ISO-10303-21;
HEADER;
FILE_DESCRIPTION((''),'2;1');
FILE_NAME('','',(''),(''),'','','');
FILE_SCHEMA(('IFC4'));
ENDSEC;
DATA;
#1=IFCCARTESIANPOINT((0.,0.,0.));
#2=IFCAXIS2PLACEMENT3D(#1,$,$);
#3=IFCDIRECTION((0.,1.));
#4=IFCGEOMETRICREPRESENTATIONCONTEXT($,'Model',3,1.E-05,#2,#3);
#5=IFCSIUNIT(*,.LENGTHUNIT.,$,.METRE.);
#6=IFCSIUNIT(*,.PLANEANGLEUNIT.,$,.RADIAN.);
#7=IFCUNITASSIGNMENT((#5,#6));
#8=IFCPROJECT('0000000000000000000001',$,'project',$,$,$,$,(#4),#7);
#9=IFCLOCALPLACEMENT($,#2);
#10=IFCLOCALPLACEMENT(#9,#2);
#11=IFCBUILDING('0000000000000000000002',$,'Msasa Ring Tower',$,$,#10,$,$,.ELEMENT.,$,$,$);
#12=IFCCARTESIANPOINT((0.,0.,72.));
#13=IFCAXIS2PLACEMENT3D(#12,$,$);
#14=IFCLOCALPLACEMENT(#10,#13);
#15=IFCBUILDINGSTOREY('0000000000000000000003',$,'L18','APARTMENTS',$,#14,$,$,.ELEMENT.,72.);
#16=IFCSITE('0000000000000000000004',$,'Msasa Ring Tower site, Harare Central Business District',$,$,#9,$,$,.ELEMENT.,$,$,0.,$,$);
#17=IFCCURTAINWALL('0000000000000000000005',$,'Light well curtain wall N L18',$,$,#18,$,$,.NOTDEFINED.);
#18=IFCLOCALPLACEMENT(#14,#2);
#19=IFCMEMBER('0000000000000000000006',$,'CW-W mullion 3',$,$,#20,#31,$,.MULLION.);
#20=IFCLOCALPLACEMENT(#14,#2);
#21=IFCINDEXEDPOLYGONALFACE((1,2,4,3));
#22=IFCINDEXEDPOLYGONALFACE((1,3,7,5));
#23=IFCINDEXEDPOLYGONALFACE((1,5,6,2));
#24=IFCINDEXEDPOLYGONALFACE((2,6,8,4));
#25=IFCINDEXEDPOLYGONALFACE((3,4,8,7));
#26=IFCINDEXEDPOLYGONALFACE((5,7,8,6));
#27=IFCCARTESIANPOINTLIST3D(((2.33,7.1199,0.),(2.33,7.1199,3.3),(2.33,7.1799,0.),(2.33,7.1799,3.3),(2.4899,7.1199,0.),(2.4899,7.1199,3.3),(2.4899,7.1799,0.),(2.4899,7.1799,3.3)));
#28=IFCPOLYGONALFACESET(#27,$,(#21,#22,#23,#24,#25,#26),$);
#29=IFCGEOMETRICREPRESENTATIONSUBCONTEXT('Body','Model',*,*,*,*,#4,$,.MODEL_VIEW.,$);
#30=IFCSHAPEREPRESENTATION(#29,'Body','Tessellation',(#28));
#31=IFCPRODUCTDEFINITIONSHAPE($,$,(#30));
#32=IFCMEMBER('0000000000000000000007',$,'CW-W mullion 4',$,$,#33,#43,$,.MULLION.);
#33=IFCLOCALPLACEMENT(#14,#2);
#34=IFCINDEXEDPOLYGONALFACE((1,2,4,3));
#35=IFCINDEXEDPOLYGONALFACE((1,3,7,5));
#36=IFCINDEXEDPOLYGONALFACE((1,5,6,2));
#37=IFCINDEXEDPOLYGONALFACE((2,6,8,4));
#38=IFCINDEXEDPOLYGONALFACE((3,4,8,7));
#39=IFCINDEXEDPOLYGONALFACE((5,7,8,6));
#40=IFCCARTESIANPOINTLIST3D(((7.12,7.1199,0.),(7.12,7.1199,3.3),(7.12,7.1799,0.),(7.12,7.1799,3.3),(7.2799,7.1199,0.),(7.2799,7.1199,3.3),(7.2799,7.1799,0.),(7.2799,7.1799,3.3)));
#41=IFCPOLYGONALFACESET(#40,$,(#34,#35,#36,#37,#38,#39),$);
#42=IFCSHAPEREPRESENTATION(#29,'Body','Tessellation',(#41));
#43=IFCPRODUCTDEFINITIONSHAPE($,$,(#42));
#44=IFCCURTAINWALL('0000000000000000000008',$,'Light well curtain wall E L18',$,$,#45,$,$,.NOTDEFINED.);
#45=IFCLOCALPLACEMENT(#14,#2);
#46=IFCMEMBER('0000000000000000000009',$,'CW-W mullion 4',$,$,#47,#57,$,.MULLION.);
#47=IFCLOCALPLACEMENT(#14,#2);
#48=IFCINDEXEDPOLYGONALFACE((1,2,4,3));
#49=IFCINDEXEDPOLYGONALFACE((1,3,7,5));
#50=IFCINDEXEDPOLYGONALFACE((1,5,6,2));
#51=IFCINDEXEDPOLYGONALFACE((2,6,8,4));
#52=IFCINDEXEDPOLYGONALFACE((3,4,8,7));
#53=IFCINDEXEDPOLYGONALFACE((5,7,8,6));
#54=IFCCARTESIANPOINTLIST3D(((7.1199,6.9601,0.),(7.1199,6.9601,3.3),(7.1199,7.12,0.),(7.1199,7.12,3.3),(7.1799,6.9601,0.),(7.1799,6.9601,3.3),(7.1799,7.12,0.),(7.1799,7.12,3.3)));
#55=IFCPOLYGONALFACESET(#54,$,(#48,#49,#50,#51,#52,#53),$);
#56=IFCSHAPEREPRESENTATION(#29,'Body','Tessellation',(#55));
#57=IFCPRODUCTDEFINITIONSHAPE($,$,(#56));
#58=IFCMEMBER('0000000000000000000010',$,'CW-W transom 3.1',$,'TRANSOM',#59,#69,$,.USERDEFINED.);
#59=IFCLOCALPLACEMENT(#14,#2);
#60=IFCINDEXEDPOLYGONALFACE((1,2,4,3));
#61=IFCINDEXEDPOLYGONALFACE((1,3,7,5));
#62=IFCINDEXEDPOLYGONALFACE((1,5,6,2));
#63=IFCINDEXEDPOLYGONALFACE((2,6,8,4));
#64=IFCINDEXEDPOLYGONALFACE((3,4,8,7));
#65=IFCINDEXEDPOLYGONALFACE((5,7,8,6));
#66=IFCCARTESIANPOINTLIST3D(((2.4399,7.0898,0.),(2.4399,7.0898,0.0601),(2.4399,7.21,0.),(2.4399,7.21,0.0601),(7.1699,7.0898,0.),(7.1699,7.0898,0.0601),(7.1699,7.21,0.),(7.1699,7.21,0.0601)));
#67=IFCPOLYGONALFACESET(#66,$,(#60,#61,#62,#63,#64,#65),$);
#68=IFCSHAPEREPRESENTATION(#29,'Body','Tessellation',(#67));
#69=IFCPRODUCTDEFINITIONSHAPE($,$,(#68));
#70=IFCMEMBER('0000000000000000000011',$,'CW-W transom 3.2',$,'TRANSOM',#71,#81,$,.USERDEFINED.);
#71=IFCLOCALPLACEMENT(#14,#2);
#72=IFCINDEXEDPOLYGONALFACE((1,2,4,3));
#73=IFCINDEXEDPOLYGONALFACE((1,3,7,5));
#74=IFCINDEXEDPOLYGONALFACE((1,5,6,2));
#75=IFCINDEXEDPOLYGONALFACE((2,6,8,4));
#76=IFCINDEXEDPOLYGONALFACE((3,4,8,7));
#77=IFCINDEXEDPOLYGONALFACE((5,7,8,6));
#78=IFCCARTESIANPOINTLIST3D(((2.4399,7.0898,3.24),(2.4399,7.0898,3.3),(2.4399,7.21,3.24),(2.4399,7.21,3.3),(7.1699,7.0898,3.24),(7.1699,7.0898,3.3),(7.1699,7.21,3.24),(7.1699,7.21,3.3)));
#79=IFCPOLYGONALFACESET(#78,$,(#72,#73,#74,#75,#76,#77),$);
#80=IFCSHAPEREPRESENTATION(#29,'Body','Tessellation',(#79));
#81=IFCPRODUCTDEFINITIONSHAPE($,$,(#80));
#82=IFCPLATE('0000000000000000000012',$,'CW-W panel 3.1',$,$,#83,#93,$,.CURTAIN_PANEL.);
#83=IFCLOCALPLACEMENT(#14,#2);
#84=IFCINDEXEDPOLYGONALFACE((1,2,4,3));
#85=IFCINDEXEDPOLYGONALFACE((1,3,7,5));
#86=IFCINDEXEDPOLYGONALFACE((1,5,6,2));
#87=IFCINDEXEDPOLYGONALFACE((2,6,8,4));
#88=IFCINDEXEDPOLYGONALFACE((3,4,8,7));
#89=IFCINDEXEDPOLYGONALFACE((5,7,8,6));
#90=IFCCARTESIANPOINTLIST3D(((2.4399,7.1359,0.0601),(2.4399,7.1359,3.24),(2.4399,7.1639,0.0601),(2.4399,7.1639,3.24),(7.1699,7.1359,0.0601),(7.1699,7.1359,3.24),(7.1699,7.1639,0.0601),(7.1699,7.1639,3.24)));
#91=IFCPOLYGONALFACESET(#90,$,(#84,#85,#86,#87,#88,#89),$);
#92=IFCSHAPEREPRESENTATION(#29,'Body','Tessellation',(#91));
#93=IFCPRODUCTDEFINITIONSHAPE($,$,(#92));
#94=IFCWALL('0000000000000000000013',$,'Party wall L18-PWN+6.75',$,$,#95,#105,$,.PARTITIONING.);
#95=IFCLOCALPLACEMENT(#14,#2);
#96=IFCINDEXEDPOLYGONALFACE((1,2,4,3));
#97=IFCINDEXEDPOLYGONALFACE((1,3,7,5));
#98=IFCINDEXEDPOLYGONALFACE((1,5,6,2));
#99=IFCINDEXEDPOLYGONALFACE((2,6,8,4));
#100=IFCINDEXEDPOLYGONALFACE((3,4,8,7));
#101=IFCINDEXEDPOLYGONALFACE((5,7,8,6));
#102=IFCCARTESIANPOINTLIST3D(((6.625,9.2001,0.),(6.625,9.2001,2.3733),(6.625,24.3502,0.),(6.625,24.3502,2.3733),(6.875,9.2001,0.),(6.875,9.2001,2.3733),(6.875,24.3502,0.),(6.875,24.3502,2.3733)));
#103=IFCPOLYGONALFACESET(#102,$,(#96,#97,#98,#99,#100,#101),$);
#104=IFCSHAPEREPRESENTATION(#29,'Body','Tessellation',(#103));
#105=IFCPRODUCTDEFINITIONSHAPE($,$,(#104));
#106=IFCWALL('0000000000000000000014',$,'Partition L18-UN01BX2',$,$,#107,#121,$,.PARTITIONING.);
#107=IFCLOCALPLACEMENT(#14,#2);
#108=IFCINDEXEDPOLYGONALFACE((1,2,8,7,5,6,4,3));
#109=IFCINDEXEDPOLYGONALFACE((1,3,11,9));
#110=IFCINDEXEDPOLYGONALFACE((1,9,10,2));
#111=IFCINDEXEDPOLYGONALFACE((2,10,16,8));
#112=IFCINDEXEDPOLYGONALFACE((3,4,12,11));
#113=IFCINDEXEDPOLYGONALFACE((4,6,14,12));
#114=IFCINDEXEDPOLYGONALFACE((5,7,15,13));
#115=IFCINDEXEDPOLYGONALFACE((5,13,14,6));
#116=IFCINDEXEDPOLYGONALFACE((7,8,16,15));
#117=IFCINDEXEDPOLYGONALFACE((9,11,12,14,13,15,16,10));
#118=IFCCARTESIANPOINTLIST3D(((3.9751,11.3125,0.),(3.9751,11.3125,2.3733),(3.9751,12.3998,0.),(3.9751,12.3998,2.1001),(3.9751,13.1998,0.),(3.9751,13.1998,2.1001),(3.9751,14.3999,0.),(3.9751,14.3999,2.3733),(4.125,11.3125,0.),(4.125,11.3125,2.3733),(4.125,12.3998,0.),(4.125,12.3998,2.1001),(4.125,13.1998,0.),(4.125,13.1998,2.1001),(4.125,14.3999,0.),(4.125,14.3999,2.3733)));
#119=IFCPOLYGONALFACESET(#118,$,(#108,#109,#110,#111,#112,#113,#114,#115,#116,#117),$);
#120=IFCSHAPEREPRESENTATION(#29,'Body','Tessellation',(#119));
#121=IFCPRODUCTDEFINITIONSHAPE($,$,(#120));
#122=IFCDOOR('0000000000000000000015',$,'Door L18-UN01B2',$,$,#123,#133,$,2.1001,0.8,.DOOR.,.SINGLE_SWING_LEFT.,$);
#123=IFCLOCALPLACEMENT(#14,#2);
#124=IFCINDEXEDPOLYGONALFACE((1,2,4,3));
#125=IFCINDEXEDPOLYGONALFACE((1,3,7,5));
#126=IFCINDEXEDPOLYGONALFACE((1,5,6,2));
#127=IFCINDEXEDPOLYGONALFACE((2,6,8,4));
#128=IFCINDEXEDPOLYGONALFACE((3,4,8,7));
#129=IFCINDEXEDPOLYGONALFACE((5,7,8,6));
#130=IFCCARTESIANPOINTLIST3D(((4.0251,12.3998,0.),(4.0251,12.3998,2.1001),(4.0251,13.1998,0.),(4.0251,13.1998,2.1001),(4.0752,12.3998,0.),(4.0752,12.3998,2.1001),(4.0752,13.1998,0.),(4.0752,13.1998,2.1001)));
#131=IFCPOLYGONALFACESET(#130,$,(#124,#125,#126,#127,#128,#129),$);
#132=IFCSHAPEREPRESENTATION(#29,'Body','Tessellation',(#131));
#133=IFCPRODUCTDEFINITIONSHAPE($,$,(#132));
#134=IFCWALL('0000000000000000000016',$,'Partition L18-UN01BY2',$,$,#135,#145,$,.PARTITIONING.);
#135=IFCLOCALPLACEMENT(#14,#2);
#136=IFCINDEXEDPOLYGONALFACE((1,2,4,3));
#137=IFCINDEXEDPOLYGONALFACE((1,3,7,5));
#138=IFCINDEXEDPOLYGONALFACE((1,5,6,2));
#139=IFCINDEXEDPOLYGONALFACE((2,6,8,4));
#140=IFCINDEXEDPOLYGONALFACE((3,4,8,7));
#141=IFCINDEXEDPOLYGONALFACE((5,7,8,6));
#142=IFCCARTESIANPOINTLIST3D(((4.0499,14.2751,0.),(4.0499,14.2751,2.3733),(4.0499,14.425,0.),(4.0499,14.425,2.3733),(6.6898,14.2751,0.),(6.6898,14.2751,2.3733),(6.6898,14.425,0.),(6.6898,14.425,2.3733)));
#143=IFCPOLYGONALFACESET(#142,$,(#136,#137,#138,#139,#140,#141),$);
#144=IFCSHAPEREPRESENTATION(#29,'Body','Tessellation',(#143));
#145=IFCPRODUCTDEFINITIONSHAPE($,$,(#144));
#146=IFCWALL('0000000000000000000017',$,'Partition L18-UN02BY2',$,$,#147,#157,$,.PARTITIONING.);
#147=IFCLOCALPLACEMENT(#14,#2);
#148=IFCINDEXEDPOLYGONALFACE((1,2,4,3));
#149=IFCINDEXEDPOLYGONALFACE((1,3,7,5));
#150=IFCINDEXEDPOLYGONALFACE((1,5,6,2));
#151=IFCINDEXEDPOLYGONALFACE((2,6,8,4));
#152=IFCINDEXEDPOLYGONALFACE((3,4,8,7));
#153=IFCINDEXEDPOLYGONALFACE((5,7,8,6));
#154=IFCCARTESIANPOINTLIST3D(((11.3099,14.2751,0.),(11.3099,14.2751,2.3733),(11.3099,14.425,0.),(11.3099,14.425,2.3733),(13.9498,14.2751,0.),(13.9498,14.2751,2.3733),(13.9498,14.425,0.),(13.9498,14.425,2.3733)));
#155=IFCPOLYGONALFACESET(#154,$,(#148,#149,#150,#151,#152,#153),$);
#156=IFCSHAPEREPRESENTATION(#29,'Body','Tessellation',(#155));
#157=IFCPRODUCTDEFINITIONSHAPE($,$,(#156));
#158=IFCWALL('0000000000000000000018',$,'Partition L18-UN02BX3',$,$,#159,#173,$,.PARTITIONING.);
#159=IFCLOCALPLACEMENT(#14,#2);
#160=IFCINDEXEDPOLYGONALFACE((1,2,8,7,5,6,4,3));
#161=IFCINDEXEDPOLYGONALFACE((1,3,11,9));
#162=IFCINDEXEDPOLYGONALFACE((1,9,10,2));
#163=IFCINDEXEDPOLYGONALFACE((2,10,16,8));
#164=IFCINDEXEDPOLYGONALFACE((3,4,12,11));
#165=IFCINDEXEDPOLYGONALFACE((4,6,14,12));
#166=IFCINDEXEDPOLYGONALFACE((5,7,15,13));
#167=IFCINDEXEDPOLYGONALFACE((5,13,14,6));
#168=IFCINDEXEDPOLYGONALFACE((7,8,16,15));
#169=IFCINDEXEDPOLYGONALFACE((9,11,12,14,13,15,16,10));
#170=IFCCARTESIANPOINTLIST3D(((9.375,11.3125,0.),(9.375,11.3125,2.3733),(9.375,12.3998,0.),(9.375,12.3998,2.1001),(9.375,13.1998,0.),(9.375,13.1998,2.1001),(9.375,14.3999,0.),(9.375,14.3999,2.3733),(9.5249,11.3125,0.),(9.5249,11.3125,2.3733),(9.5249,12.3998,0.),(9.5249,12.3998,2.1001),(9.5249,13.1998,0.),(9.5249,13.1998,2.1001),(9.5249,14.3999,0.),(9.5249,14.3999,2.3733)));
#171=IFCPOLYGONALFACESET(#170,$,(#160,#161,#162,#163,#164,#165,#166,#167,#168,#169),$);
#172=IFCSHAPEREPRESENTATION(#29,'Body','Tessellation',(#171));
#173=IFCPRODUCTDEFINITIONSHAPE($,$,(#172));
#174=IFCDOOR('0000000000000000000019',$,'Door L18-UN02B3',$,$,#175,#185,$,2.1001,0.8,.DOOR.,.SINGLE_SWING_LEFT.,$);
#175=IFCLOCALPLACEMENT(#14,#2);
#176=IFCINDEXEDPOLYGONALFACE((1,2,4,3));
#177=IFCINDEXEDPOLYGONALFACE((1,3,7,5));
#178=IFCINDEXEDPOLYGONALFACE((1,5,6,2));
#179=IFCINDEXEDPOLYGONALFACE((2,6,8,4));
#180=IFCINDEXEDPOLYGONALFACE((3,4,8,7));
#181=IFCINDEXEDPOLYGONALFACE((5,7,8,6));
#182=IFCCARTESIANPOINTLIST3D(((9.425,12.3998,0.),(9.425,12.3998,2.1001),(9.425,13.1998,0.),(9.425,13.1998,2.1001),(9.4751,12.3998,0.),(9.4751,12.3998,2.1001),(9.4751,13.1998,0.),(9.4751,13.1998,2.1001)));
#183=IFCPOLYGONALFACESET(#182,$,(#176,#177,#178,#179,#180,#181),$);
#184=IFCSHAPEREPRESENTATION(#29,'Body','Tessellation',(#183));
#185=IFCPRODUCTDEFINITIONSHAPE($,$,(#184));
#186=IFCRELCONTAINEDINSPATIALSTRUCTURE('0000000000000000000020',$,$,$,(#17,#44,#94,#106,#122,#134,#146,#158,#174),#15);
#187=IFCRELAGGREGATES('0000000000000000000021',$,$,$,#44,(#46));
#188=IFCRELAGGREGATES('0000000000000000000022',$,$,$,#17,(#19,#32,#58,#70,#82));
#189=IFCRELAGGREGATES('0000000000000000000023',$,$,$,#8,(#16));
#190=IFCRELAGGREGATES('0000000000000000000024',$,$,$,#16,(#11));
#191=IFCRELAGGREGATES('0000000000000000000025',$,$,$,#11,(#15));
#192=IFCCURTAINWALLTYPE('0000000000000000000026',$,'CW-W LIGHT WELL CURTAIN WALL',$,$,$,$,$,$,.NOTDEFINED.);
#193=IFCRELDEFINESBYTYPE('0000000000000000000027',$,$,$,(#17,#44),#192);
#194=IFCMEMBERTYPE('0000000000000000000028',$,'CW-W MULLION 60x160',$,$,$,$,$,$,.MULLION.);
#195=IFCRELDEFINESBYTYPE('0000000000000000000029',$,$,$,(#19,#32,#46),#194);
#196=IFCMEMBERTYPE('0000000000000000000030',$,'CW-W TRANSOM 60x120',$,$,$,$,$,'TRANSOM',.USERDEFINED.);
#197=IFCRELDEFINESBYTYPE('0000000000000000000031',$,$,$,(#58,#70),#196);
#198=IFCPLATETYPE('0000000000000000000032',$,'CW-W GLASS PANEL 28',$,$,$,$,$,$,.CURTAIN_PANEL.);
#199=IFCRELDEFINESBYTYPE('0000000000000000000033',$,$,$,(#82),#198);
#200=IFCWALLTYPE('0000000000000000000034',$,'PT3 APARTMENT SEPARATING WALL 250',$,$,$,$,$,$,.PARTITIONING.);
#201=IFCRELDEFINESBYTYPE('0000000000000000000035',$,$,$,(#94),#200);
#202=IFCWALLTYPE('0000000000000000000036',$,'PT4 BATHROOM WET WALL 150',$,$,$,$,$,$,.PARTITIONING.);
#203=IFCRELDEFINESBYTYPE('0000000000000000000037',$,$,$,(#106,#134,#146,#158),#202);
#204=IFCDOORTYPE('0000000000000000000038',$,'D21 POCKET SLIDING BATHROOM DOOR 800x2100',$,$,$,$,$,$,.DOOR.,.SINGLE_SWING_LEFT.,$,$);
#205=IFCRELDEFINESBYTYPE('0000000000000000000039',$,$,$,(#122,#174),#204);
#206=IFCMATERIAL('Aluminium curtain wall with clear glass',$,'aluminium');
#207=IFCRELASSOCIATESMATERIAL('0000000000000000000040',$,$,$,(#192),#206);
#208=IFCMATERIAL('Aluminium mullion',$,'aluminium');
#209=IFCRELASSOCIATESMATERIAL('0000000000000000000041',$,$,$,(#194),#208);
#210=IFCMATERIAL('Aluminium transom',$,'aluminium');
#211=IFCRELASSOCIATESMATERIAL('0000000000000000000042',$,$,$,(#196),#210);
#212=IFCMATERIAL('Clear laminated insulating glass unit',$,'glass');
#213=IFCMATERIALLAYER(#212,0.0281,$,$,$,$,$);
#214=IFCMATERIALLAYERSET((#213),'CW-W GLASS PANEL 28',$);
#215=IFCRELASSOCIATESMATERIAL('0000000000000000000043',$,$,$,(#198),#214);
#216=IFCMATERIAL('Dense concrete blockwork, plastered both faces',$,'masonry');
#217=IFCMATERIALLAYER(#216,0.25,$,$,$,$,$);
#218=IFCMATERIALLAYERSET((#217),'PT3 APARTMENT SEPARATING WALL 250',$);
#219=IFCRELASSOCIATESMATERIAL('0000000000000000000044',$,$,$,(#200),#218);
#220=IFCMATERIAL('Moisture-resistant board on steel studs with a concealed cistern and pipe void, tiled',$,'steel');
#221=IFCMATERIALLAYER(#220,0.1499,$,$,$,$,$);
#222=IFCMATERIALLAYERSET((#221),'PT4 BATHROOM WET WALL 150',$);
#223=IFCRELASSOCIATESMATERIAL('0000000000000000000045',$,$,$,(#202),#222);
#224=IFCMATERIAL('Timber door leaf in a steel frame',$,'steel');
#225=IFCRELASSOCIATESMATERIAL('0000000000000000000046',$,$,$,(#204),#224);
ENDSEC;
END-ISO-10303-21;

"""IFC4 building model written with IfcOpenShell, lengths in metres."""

from ifc_helpers import new_model, si_unit, direction, frame, frame_2d, origin, origin_2d, place, context, subcontext, project, spatial, rectangle, extrude, material, layer, layer_set, material_profile, profile_set, type_object, element, fill, aggregate, save


model = new_model("IFC4")

# Units and contexts
model_context = context("Model", 3, precision=1e-05, world=origin(), true_north=direction((0.0, 1.0)))
body_context = subcontext(model_context, "Body", "Model", "MODEL_VIEW")
ifc_project = project(units=[si_unit("LENGTHUNIT", "METRE"), si_unit("PLANEANGLEUNIT", "RADIAN")], contexts=[model_context])

# Site, building, storey
site_placement = place(None, origin())
site = spatial("IfcSite", under=ifc_project, at=site_placement, Name="Msasa Ring Tower site, Harare Central Business District", CompositionType="ELEMENT", RefElevation=0.0)
building_placement = place(site_placement, origin())
building = spatial("IfcBuilding", under=site, at=building_placement, Name="Msasa Ring Tower", CompositionType="ELEMENT")
storey_placement = place(building_placement, frame((0.0, 0.0, 72.0)))
storey = spatial("IfcBuildingStorey", under=building, at=storey_placement, Name="L18", Description="APARTMENTS", CompositionType="ELEMENT", Elevation=72.0)

# Curtain wall, members
ifc_material_1 = material(Name="Aluminium curtain wall with clear glass", Category="aluminium")
curtain_wall_type = type_object("IfcCurtainWallType", Name="CW-W LIGHT WELL CURTAIN WALL", PredefinedType="NOTDEFINED", material=ifc_material_1)
curtain_wall_1_placement = place(storey_placement, origin())
curtain_wall_1 = element("IfcCurtainWall", 1, at=curtain_wall_1_placement, inside=storey, type_object=curtain_wall_type, Name="Light well curtain wall N L18", PredefinedType="NOTDEFINED")
ifc_material_2 = material(Name="Aluminium mullion", Category="aluminium")
ifc_material_profile_1 = material_profile(ifc_material_2, rectangle(XDim=0.0601, YDim=0.1599, at=origin_2d()), Name="AL 60x160")
ifc_profile_set_1 = profile_set([ifc_material_profile_1], Name="Aluminium mullion")
member_type_1 = type_object("IfcMemberType", Name="CW-W MULLION 60x160", PredefinedType="MULLION", material=ifc_profile_set_1)
member_1_placement = place(storey_placement, frame((2.4099, 7.1499, 0.0), z_axis=(0.0, 0.0, 1.0), x_axis=(0.0, 1.0, 0.0)))
member_1 = element("IfcMember", 2, at=member_1_placement, type_object=member_type_1, Name="CW-W mullion 3", PredefinedType="MULLION", context=body_context, shape_type="SweptSolid", body=[
    extrude(rectangle(XDim=0.0601, YDim=0.1599, at=origin_2d()), origin(), (0.0, 0.0, 1.0), 3.3),
])
member_2_placement = place(storey_placement, frame((7.2, 7.1499, 0.0), z_axis=(0.0, 0.0, 1.0), x_axis=(0.0, 1.0, 0.0)))
member_2 = element("IfcMember", 3, at=member_2_placement, type_object=member_type_1, Name="CW-W mullion 4", PredefinedType="MULLION", context=body_context, shape_type="SweptSolid", body=[
    extrude(rectangle(XDim=0.0601, YDim=0.1599, at=origin_2d()), origin(), (0.0, 0.0, 1.0), 3.3),
])

# Curtain wall, member
curtain_wall_2_placement = place(storey_placement, origin())
curtain_wall_2 = element("IfcCurtainWall", 4, at=curtain_wall_2_placement, inside=storey, type_object=curtain_wall_type, Name="Light well curtain wall E L18", PredefinedType="NOTDEFINED")
member_3_placement = place(storey_placement, frame((7.1499, 7.04, 0.0), z_axis=(0.0, 0.0, 1.0), x_axis=(-1.0, 0.0, 0.0)))
member_3 = element("IfcMember", 5, at=member_3_placement, type_object=member_type_1, Name="CW-W mullion 4", PredefinedType="MULLION", context=body_context, shape_type="SweptSolid", body=[
    extrude(rectangle(XDim=0.0601, YDim=0.1599, at=origin_2d()), origin(), (0.0, 0.0, 1.0), 3.3),
])
aggregate(curtain_wall_2, [member_3])

# Members
ifc_material_3 = material(Name="Aluminium transom", Category="aluminium")
ifc_material_profile_2 = material_profile(ifc_material_3, rectangle(XDim=0.1201, YDim=0.0601, at=origin_2d()), Name="AL 60x120")
ifc_profile_set_2 = profile_set([ifc_material_profile_2], Name="Aluminium transom")
member_type_2 = type_object("IfcMemberType", Name="CW-W TRANSOM 60x120", ElementType="TRANSOM", PredefinedType="USERDEFINED", material=ifc_profile_set_2)
member_4_placement = place(storey_placement, frame((2.4399, 7.1499, 0.03), z_axis=(1.0, 0.0, 0.0), x_axis=(0.0, 1.0, 0.0)))
member_4 = element("IfcMember", 6, at=member_4_placement, type_object=member_type_2, Name="CW-W transom 3.1", ObjectType="TRANSOM", PredefinedType="USERDEFINED", context=body_context, shape_type="SweptSolid", body=[
    extrude(rectangle(XDim=0.1201, YDim=0.0601, at=origin_2d()), origin(), (0.0, 0.0, 1.0), 4.73),
])
member_5_placement = place(storey_placement, frame((2.4399, 7.1499, 3.27), z_axis=(1.0, 0.0, 0.0), x_axis=(0.0, 1.0, 0.0)))
member_5 = element("IfcMember", 7, at=member_5_placement, type_object=member_type_2, Name="CW-W transom 3.2", ObjectType="TRANSOM", PredefinedType="USERDEFINED", context=body_context, shape_type="SweptSolid", body=[
    extrude(rectangle(XDim=0.1201, YDim=0.0601, at=origin_2d()), origin(), (0.0, 0.0, 1.0), 4.73),
])

# Plate
ifc_material_4 = material(Name="Clear laminated insulating glass unit", Category="glass")
ifc_layer_1 = layer(ifc_material_4, 0.0281)
ifc_layer_set_1 = layer_set([ifc_layer_1], Name="CW-W GLASS PANEL 28")
plate_type = type_object("IfcPlateType", Name="CW-W GLASS PANEL 28", PredefinedType="CURTAIN_PANEL", material=ifc_layer_set_1)
plate_placement = place(storey_placement, frame((4.8049, 7.1499, 0.0601), z_axis=(0.0, 0.0, 1.0), x_axis=(1.0, 0.0, 0.0)))
plate = element("IfcPlate", 8, at=plate_placement, type_object=plate_type, Name="CW-W panel 3.1", PredefinedType="CURTAIN_PANEL", context=body_context, shape_type="SweptSolid", body=[
    extrude(rectangle(XDim=4.73, YDim=0.0281, at=origin_2d()), origin(), (0.0, 0.0, 1.0), 3.1799),
])
aggregate(curtain_wall_1, [member_1, member_2, member_4, member_5, plate])

# Wall
ifc_material_5 = material(Name="Dense concrete blockwork, plastered both faces", Category="masonry")
ifc_layer_2 = layer(ifc_material_5, 0.25)
ifc_layer_set_2 = layer_set([ifc_layer_2], Name="PT3 APARTMENT SEPARATING WALL 250")
wall_type_1 = type_object("IfcWallType", Name="PT3 APARTMENT SEPARATING WALL 250", PredefinedType="PARTITIONING", material=ifc_layer_set_2)
wall_1_placement = place(storey_placement, frame((6.75, 9.2, 0.0), z_axis=(0.0, 0.0, 1.0), x_axis=(0.0, 1.0, 0.0)))
element("IfcWall", 9, at=wall_1_placement, inside=storey, type_object=wall_type_1, Name="Party wall L18-PWN+6.75", PredefinedType="PARTITIONING", context=body_context, shape_type="SweptSolid", body=[
    extrude(rectangle(XDim=15.1501, YDim=0.25, at=frame_2d((7.5752, 0.0))), origin(), (0.0, 0.0, 1.0), 2.3733),
])

# Wall, opening, door
ifc_material_6 = material(Name="Moisture-resistant board on steel studs with a concealed cistern and pipe void, tiled", Category="steel")
ifc_layer_3 = layer(ifc_material_6, 0.1499)
ifc_layer_set_3 = layer_set([ifc_layer_3], Name="PT4 BATHROOM WET WALL 150")
wall_type_2 = type_object("IfcWallType", Name="PT4 BATHROOM WET WALL 150", PredefinedType="PARTITIONING", material=ifc_layer_set_3)
wall_2_placement = place(storey_placement, frame((4.05, 11.3125, 0.0), z_axis=(0.0, 0.0, 1.0), x_axis=(0.0, 1.0, 0.0)))
wall_2 = element("IfcWall", 10, at=wall_2_placement, inside=storey, type_object=wall_type_2, Name="Partition L18-UN01BX2", PredefinedType="PARTITIONING", context=body_context, shape_type="SweptSolid", body=[
    extrude(rectangle(XDim=3.0874, YDim=0.1499, at=frame_2d((1.5437, 0.0))), origin(), (0.0, 0.0, 1.0), 2.3733),
])
opening_1_placement = place(wall_2_placement, frame((1.0874, 0.0, 0.0)))
opening_1 = element("IfcOpeningElement", 11, at=opening_1_placement, cuts=wall_2, PredefinedType="OPENING", context=body_context, shape_type="SweptSolid", body=[
    extrude(rectangle(XDim=0.8, YDim=2.1001, at=frame_2d((0.3999, 1.05))), frame((0.0, 0.085, 0.0), z_axis=(0.0, -1.0, 0.0), x_axis=(1.0, 0.0, 0.0)), (0.0, 0.0, 1.0), 0.1699),
])
ifc_material_7 = material(Name="Timber door leaf in a steel frame", Category="steel")
door_type_1 = type_object("IfcDoorType", Name="D21 POCKET SLIDING BATHROOM DOOR 800x2100", OperationType="SINGLE_SWING_LEFT", PredefinedType="DOOR", material=ifc_material_7)
door_1_placement = place(opening_1_placement, origin())
door_1 = element("IfcDoor", 12, at=door_1_placement, inside=storey, type_object=door_type_1, Name="Door L18-UN01B2", OperationType="SINGLE_SWING_LEFT", OverallHeight=2.1001, OverallWidth=0.8, PredefinedType="DOOR", context=body_context, shape_type="SweptSolid", body=[
    extrude(rectangle(XDim=0.8, YDim=2.1001, at=frame_2d((0.3999, 1.05))), frame((0.0, 0.0249, 0.0), z_axis=(0.0, -1.0, 0.0), x_axis=(1.0, 0.0, 0.0)), (0.0, 0.0, 1.0), 0.05),
])
fill(opening_1, door_1)

# Walls
for number, where, z_axis, x_axis, name in (
    (13, (4.05, 14.3501, 0.0), (0.0, 0.0, 1.0), (1.0, 0.0, 0.0), "Partition L18-UN01BY2"),
    (14, (11.3101, 14.3501, 0.0), (0.0, 0.0, 1.0), (1.0, 0.0, 0.0), "Partition L18-UN02BY2"),
):
    element("IfcWall", number, at=place(storey_placement, frame(where, z_axis=z_axis, x_axis=x_axis)), inside=storey, type_object=wall_type_2, Name=name, PredefinedType="PARTITIONING", context=body_context, shape_type="SweptSolid", body=[
        extrude(rectangle(XDim=2.6399, YDim=0.1499, at=frame_2d((1.3198, 0.0))), origin(), (0.0, 0.0, 1.0), 2.3733),
    ])

# Wall, opening, door
wall_3_placement = place(storey_placement, frame((9.45, 11.3125, 0.0), z_axis=(0.0, 0.0, 1.0), x_axis=(0.0, 1.0, 0.0)))
wall_3 = element("IfcWall", 15, at=wall_3_placement, inside=storey, type_object=wall_type_2, Name="Partition L18-UN02BX3", PredefinedType="PARTITIONING", context=body_context, shape_type="SweptSolid", body=[
    extrude(rectangle(XDim=3.0874, YDim=0.1499, at=frame_2d((1.5437, 0.0))), origin(), (0.0, 0.0, 1.0), 2.3733),
])
opening_2_placement = place(wall_3_placement, frame((1.0874, 0.0, 0.0)))
opening_2 = element("IfcOpeningElement", 16, at=opening_2_placement, cuts=wall_3, PredefinedType="OPENING", context=body_context, shape_type="SweptSolid", body=[
    extrude(rectangle(XDim=0.8, YDim=2.1001, at=frame_2d((0.3999, 1.05))), frame((0.0, 0.085, 0.0), z_axis=(0.0, -1.0, 0.0), x_axis=(1.0, 0.0, 0.0)), (0.0, 0.0, 1.0), 0.1699),
])
door_2_placement = place(opening_2_placement, origin())
door_2 = element("IfcDoor", 17, at=door_2_placement, inside=storey, type_object=door_type_1, Name="Door L18-UN02B3", OperationType="SINGLE_SWING_LEFT", OverallHeight=2.1001, OverallWidth=0.8, PredefinedType="DOOR", context=body_context, shape_type="SweptSolid", body=[
    extrude(rectangle(XDim=0.8, YDim=2.1001, at=frame_2d((0.3999, 1.05))), frame((0.0, 0.0249, 0.0), z_axis=(0.0, -1.0, 0.0), x_axis=(1.0, 0.0, 0.0)), (0.0, 0.0, 1.0), 0.05),
])
fill(opening_2, door_2)

save(model, "model.ifc")
